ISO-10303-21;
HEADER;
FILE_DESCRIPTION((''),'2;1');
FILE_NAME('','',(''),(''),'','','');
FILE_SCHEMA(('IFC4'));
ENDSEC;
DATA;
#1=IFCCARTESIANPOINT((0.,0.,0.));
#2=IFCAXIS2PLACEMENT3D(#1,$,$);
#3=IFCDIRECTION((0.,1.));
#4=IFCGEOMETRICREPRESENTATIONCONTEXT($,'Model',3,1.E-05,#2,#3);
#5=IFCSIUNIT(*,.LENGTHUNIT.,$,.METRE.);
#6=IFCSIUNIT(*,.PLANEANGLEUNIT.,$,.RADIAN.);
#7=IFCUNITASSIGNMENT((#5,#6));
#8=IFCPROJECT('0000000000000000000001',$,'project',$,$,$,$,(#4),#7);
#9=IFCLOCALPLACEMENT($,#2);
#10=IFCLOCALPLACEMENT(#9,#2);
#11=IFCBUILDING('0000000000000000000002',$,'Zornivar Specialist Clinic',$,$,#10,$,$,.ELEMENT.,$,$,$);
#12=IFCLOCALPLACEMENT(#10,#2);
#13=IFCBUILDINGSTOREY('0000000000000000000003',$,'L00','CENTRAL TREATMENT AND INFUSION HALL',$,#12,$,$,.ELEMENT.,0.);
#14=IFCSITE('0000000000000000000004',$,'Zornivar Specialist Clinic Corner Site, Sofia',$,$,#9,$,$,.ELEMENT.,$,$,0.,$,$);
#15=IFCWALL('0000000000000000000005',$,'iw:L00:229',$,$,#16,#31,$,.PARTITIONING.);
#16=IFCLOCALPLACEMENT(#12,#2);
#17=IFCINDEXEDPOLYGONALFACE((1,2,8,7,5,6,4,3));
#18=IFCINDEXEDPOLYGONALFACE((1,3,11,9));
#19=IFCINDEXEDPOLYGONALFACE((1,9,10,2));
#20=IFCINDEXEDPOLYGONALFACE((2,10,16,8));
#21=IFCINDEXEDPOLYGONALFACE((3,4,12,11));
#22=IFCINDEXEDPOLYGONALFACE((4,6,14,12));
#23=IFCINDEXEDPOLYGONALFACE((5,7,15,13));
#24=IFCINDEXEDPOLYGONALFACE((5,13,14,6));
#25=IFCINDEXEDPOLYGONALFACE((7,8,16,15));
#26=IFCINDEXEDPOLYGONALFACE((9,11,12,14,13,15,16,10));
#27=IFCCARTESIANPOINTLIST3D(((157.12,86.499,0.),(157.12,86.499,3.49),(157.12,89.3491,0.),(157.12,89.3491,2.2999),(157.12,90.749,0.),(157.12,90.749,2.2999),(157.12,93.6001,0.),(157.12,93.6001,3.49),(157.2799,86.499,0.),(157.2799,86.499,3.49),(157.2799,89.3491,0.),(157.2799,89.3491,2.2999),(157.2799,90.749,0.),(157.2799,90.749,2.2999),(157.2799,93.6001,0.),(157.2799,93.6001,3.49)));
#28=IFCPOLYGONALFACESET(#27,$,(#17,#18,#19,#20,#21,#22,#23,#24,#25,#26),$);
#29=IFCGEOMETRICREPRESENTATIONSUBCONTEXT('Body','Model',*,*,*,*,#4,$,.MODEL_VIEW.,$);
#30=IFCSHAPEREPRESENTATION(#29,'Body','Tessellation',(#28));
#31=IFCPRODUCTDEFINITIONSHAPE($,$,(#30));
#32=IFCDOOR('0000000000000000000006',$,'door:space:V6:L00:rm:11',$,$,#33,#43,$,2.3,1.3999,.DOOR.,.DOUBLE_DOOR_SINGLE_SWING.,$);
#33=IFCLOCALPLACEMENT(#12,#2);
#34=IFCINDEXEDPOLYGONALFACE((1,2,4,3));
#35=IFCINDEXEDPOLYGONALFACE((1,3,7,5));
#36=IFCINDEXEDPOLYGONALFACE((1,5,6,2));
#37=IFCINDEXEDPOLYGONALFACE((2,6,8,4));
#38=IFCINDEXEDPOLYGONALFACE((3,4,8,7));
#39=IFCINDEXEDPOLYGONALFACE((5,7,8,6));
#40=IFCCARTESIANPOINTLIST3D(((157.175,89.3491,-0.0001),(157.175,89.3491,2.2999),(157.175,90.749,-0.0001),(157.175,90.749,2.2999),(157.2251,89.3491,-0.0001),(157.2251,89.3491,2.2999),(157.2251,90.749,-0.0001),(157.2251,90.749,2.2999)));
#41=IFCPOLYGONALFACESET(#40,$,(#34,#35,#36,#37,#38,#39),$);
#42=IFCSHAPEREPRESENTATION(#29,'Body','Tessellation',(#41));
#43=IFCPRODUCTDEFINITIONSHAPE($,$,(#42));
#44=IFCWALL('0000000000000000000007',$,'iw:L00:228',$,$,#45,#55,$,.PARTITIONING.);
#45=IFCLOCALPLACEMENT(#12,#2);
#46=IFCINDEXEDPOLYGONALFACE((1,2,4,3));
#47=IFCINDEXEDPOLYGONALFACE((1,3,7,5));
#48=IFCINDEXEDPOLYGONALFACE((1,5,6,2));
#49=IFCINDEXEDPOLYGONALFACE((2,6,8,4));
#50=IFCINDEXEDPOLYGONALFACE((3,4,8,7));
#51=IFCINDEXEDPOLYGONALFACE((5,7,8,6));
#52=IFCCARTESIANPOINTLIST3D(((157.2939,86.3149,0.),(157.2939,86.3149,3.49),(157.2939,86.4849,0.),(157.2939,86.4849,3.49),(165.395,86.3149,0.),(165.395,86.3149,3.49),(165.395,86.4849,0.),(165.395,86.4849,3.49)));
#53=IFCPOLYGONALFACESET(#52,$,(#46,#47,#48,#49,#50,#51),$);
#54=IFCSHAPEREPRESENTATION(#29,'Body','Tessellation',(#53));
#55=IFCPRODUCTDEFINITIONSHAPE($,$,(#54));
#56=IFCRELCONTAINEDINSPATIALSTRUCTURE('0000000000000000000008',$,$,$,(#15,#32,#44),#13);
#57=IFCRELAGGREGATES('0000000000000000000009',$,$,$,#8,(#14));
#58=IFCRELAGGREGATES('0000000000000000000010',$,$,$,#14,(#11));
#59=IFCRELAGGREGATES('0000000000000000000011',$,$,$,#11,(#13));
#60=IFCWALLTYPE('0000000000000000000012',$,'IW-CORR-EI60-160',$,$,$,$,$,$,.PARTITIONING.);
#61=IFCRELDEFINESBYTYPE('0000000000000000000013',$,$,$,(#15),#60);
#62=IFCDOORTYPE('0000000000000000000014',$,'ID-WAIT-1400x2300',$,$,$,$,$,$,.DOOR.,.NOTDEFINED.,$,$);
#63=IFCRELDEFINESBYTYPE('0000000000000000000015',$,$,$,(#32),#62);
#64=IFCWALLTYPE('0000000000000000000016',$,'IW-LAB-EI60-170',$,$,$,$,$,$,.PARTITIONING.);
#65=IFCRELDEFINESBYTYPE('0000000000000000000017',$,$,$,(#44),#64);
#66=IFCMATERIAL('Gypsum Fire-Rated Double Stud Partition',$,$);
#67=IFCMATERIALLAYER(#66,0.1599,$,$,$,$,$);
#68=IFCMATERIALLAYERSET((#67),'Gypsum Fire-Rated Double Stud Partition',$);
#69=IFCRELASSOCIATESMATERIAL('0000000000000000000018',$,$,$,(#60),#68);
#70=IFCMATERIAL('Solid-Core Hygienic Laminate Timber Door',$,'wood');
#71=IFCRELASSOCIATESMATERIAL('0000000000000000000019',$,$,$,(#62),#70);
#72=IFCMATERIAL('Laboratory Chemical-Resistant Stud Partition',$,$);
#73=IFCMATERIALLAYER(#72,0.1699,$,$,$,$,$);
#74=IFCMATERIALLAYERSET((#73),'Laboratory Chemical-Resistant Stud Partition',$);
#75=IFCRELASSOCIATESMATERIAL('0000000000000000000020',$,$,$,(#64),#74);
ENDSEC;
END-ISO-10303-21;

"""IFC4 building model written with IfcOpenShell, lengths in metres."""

from ifc_helpers import new_model, si_unit, direction, frame, frame_2d, origin, place, context, subcontext, project, spatial, rectangle, extrude, material, layer, layer_set, type_object, element, fill, save


model = new_model("IFC4")

# Units and contexts
model_context = context("Model", 3, precision=1e-05, world=origin(), true_north=direction((0.0, 1.0)))
body_context = subcontext(model_context, "Body", "Model", "MODEL_VIEW")
ifc_project = project(units=[si_unit("LENGTHUNIT", "METRE"), si_unit("PLANEANGLEUNIT", "RADIAN")], contexts=[model_context])

# Site, building, storey
site_placement = place(None, origin())
site = spatial("IfcSite", under=ifc_project, at=site_placement, Name="Zornivar Specialist Clinic Corner Site, Sofia", CompositionType="ELEMENT", RefElevation=0.0)
building_placement = place(site_placement, origin())
building = spatial("IfcBuilding", under=site, at=building_placement, Name="Zornivar Specialist Clinic", CompositionType="ELEMENT")
storey_placement = place(building_placement, origin())
storey = spatial("IfcBuildingStorey", under=building, at=storey_placement, Name="L00", Description="CENTRAL TREATMENT AND INFUSION HALL", CompositionType="ELEMENT", Elevation=0.0)

# Wall, opening, door
ifc_material_1 = material(Name="Gypsum Fire-Rated Double Stud Partition")
ifc_layer_1 = layer(ifc_material_1, 0.1599)
ifc_layer_set_1 = layer_set([ifc_layer_1], Name="Gypsum Fire-Rated Double Stud Partition")
wall_type_1 = type_object("IfcWallType", Name="IW-CORR-EI60-160", PredefinedType="PARTITIONING", material=ifc_layer_set_1)
wall_1_placement = place(storey_placement, frame((157.2, 86.499, 0.0), z_axis=(0.0, 0.0, 1.0), x_axis=(0.0, 1.0, 0.0)))
wall_1 = element("IfcWall", 1, at=wall_1_placement, inside=storey, type_object=wall_type_1, Name="iw:L00:229", PredefinedType="PARTITIONING", context=body_context, shape_type="SweptSolid", body=[
    extrude(rectangle(XDim=7.1011, YDim=0.1599, at=frame_2d((3.5505, 0.0))), origin(), (0.0, 0.0, 1.0), 3.49),
])
opening_1_placement = place(wall_1_placement, frame((2.8501, 0.0, 0.0)))
opening_1 = element("IfcOpeningElement", 2, at=opening_1_placement, cuts=wall_1, PredefinedType="OPENING", context=body_context, shape_type="SweptSolid", body=[
    extrude(rectangle(XDim=1.3999, YDim=2.3, at=frame_2d((0.7, 1.1499))), frame((0.0, 0.0898, 0.0), z_axis=(0.0, -1.0, 0.0), x_axis=(1.0, 0.0, 0.0)), (0.0, 0.0, 1.0), 0.1799),
])
ifc_material_2 = material(Name="Solid-Core Hygienic Laminate Timber Door", Category="wood")
door_type = type_object("IfcDoorType", Name="ID-WAIT-1400x2300", OperationType="NOTDEFINED", PredefinedType="DOOR", material=ifc_material_2)
door_placement = place(opening_1_placement, origin())
door = element("IfcDoor", 3, at=door_placement, inside=storey, type_object=door_type, Name="door:space:V6:L00:rm:11", OperationType="DOUBLE_DOOR_SINGLE_SWING", OverallHeight=2.3, OverallWidth=1.3999, PredefinedType="DOOR", context=body_context, shape_type="SweptSolid", body=[
    extrude(rectangle(XDim=1.3999, YDim=2.3, at=frame_2d((0.7, 1.1499))), frame((0.0, 0.0249, 0.0), z_axis=(0.0, -1.0, 0.0), x_axis=(1.0, 0.0, 0.0)), (0.0, 0.0, 1.0), 0.05),
])
fill(opening_1, door)

# Wall
ifc_material_3 = material(Name="Laboratory Chemical-Resistant Stud Partition")
ifc_layer_2 = layer(ifc_material_3, 0.1699)
ifc_layer_set_2 = layer_set([ifc_layer_2], Name="Laboratory Chemical-Resistant Stud Partition")
wall_type_2 = type_object("IfcWallType", Name="IW-LAB-EI60-170", PredefinedType="PARTITIONING", material=ifc_layer_set_2)
wall_2_placement = place(storey_placement, frame((157.2939, 86.3999, 0.0), z_axis=(0.0, 0.0, 1.0), x_axis=(1.0, 0.0, 0.0)))
element("IfcWall", 4, at=wall_2_placement, inside=storey, type_object=wall_type_2, Name="iw:L00:228", PredefinedType="PARTITIONING", context=body_context, shape_type="SweptSolid", body=[
    extrude(rectangle(XDim=8.1011, YDim=0.1699, at=frame_2d((4.0505, 0.0))), origin(), (0.0, 0.0, 1.0), 3.49),
])

save(model, "model.ifc")
